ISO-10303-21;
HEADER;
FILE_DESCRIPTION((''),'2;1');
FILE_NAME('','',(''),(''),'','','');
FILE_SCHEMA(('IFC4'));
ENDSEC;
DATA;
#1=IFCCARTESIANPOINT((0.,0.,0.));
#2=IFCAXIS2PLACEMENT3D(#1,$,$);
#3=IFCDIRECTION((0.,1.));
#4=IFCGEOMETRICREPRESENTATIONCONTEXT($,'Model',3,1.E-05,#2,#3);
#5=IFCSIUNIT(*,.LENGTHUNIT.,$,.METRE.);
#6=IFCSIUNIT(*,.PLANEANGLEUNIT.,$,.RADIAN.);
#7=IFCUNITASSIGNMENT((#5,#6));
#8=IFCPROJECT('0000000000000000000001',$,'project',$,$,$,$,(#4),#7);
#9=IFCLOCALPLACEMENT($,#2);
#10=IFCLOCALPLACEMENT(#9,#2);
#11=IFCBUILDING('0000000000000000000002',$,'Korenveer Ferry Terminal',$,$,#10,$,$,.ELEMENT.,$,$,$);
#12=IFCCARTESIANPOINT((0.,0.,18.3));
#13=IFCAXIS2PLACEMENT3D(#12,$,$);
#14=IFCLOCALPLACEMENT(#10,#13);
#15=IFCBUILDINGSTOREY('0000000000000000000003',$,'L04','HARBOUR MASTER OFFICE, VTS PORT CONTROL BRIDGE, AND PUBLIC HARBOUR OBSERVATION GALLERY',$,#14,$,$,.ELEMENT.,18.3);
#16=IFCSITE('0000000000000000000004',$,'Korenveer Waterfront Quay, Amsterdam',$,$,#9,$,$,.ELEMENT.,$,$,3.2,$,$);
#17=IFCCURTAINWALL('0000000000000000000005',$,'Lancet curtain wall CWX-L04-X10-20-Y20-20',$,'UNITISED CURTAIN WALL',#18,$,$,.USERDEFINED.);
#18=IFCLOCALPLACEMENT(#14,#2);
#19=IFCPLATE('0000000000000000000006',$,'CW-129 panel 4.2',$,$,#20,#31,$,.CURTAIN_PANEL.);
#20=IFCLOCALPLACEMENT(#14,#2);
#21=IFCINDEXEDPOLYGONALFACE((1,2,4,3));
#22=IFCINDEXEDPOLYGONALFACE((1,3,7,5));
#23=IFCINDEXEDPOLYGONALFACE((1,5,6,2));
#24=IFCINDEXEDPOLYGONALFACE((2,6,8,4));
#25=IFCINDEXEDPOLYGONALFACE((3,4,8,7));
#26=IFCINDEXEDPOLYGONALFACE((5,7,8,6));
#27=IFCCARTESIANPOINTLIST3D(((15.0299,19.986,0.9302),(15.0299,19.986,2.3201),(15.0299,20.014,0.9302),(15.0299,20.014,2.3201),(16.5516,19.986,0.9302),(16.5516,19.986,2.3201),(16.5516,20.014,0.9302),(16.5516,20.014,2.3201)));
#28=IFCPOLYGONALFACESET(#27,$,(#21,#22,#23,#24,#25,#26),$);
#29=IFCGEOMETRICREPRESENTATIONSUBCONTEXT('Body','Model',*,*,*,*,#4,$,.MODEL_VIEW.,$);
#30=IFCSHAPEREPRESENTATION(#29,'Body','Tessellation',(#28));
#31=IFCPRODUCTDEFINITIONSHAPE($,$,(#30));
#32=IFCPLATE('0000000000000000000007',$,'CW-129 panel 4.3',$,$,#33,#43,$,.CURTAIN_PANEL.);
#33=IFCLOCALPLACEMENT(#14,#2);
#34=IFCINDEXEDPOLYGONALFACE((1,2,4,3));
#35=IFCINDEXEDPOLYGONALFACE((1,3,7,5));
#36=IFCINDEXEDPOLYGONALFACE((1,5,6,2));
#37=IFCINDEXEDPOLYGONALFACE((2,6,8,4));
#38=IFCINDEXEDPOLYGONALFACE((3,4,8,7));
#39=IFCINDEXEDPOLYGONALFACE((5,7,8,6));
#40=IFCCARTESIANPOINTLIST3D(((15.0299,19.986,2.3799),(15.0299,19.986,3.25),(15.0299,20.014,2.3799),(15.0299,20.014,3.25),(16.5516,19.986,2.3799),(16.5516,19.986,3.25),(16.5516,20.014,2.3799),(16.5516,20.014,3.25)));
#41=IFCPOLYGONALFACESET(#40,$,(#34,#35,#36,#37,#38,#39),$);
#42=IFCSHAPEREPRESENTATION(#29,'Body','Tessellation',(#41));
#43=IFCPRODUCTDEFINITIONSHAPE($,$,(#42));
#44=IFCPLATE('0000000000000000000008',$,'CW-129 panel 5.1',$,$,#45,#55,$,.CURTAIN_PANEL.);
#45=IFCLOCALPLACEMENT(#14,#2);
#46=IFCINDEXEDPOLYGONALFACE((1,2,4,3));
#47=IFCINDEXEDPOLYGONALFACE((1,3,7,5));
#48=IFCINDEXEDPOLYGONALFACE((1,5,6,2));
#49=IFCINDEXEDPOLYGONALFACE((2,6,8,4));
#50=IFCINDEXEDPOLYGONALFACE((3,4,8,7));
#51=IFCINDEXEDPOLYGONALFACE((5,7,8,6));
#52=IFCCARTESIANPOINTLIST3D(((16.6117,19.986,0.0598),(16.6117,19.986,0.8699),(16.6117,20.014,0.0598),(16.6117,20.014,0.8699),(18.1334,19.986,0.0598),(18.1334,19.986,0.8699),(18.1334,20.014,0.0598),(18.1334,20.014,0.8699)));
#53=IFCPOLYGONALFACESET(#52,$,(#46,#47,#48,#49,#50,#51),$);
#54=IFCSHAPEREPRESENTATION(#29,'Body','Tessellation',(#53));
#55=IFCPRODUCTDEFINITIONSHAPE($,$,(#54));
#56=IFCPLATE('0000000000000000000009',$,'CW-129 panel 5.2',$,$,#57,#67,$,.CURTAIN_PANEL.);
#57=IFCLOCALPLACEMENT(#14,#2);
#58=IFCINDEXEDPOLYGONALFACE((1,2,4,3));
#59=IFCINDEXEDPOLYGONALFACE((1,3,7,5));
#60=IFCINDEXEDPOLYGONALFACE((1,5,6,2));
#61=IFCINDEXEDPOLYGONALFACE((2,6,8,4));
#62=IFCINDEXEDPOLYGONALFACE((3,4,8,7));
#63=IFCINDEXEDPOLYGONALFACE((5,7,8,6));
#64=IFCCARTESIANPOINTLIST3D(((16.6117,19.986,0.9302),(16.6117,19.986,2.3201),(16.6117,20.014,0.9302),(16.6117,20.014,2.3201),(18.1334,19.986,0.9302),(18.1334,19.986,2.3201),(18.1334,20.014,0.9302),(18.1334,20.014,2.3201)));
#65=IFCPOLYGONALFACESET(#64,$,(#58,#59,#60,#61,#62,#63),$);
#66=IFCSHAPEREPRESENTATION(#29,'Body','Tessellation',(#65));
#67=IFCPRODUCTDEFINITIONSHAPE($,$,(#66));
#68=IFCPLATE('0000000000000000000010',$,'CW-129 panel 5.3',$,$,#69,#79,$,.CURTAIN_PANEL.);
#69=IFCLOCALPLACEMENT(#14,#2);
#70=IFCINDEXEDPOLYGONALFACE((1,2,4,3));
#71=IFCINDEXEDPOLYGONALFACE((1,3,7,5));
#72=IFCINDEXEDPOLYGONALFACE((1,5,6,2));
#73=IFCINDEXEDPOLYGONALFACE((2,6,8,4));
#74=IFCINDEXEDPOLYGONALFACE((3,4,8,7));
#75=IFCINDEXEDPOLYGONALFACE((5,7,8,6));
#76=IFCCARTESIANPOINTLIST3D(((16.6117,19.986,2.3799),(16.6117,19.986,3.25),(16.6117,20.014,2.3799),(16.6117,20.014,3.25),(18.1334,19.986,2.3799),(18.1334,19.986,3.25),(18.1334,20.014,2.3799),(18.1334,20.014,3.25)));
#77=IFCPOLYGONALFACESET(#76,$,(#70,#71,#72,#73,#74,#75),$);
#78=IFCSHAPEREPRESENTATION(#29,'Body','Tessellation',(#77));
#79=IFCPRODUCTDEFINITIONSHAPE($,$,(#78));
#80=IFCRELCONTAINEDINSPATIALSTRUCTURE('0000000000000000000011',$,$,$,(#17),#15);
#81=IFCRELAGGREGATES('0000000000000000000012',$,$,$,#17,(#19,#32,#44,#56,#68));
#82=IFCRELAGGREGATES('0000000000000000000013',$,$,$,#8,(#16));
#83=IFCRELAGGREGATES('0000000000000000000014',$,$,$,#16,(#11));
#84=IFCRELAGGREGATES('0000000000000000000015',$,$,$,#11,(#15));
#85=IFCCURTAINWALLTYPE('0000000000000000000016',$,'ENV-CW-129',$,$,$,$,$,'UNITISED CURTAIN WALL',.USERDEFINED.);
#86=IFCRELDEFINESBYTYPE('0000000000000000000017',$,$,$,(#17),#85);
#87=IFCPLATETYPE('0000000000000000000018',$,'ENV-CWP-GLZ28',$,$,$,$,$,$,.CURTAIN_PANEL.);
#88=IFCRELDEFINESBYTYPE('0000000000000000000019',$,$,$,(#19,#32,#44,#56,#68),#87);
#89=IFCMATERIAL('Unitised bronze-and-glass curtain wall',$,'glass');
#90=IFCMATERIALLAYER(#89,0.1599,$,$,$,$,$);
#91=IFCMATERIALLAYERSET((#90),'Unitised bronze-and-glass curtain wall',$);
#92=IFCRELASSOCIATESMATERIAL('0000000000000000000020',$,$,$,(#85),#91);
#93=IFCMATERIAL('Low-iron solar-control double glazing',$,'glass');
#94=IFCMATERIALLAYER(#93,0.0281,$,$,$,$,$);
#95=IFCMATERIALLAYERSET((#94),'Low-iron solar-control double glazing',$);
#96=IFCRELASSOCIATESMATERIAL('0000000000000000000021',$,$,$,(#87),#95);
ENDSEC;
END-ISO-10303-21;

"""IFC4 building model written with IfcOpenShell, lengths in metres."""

from ifc_helpers import new_model, si_unit, direction, frame, origin, origin_2d, place, context, subcontext, project, spatial, rectangle, extrude, material, layer, layer_set, type_object, element, aggregate, save


model = new_model("IFC4")

# Units and contexts
model_context = context("Model", 3, precision=1e-05, world=origin(), true_north=direction((0.0, 1.0)))
body_context = subcontext(model_context, "Body", "Model", "MODEL_VIEW")
ifc_project = project(units=[si_unit("LENGTHUNIT", "METRE"), si_unit("PLANEANGLEUNIT", "RADIAN")], contexts=[model_context])

# Site, building, storey
site_placement = place(None, origin())
site = spatial("IfcSite", under=ifc_project, at=site_placement, Name="Korenveer Waterfront Quay, Amsterdam", CompositionType="ELEMENT", RefElevation=3.2)
building_placement = place(site_placement, origin())
building = spatial("IfcBuilding", under=site, at=building_placement, Name="Korenveer Ferry Terminal", CompositionType="ELEMENT")
storey_placement = place(building_placement, frame((0.0, 0.0, 18.3)))
storey = spatial("IfcBuildingStorey", under=building, at=storey_placement, Name="L04", Description="HARBOUR MASTER OFFICE, VTS PORT CONTROL BRIDGE, AND PUBLIC HARBOUR OBSERVATION GALLERY", CompositionType="ELEMENT", Elevation=18.3)

# Curtain wall
ifc_material_1 = material(Name="Unitised bronze-and-glass curtain wall", Category="glass")
ifc_layer_1 = layer(ifc_material_1, 0.1599)
ifc_layer_set_1 = layer_set([ifc_layer_1], Name="Unitised bronze-and-glass curtain wall")
curtain_wall_type = type_object("IfcCurtainWallType", Name="ENV-CW-129", ElementType="UNITISED CURTAIN WALL", PredefinedType="USERDEFINED", material=ifc_layer_set_1)
curtain_wall_placement = place(storey_placement, frame((10.2549, 20.0, 0.0)))
curtain_wall = element("IfcCurtainWall", 1, at=curtain_wall_placement, inside=storey, type_object=curtain_wall_type, Name="Lancet curtain wall CWX-L04-X10-20-Y20-20", ObjectType="UNITISED CURTAIN WALL", PredefinedType="USERDEFINED")

# Plates
ifc_material_2 = material(Name="Low-iron solar-control double glazing", Category="glass")
ifc_layer_2 = layer(ifc_material_2, 0.0281)
ifc_layer_set_2 = layer_set([ifc_layer_2], Name="Low-iron solar-control double glazing")
plate_type = type_object("IfcPlateType", Name="ENV-CWP-GLZ28", PredefinedType="CURTAIN_PANEL", material=ifc_layer_set_2)
plate_1_placement = place(storey_placement, frame((15.7908, 20.0, 0.9302), z_axis=(0.0, 0.0, 1.0), x_axis=(1.0, 0.0, 0.0)))
plate_1 = element("IfcPlate", 2, at=plate_1_placement, type_object=plate_type, Name="CW-129 panel 4.2", PredefinedType="CURTAIN_PANEL", context=body_context, shape_type="SweptSolid", body=[
    extrude(rectangle(XDim=1.5217, YDim=0.0281, at=origin_2d()), origin(), (0.0, 0.0, 1.0), 1.3899),
])
plate_2_placement = place(storey_placement, frame((15.7908, 20.0, 2.3799), z_axis=(0.0, 0.0, 1.0), x_axis=(1.0, 0.0, 0.0)))
plate_2 = element("IfcPlate", 3, at=plate_2_placement, type_object=plate_type, Name="CW-129 panel 4.3", PredefinedType="CURTAIN_PANEL", context=body_context, shape_type="SweptSolid", body=[
    extrude(rectangle(XDim=1.5217, YDim=0.0281, at=origin_2d()), origin(), (0.0, 0.0, 1.0), 0.8701),
])
plate_3_placement = place(storey_placement, frame((17.3726, 20.0, 0.0598), z_axis=(0.0, 0.0, 1.0), x_axis=(1.0, 0.0, 0.0)))
plate_3 = element("IfcPlate", 4, at=plate_3_placement, type_object=plate_type, Name="CW-129 panel 5.1", PredefinedType="CURTAIN_PANEL", context=body_context, shape_type="SweptSolid", body=[
    extrude(rectangle(XDim=1.5217, YDim=0.0281, at=origin_2d()), origin(), (0.0, 0.0, 1.0), 0.8101),
])
plate_4_placement = place(storey_placement, frame((17.3726, 20.0, 0.9302), z_axis=(0.0, 0.0, 1.0), x_axis=(1.0, 0.0, 0.0)))
plate_4 = element("IfcPlate", 5, at=plate_4_placement, type_object=plate_type, Name="CW-129 panel 5.2", PredefinedType="CURTAIN_PANEL", context=body_context, shape_type="SweptSolid", body=[
    extrude(rectangle(XDim=1.5217, YDim=0.0281, at=origin_2d()), origin(), (0.0, 0.0, 1.0), 1.3899),
])
plate_5_placement = place(storey_placement, frame((17.3726, 20.0, 2.3799), z_axis=(0.0, 0.0, 1.0), x_axis=(1.0, 0.0, 0.0)))
plate_5 = element("IfcPlate", 6, at=plate_5_placement, type_object=plate_type, Name="CW-129 panel 5.3", PredefinedType="CURTAIN_PANEL", context=body_context, shape_type="SweptSolid", body=[
    extrude(rectangle(XDim=1.5217, YDim=0.0281, at=origin_2d()), origin(), (0.0, 0.0, 1.0), 0.8701),
])
aggregate(curtain_wall, [plate_1, plate_2, plate_3, plate_4, plate_5])

save(model, "model.ifc")
